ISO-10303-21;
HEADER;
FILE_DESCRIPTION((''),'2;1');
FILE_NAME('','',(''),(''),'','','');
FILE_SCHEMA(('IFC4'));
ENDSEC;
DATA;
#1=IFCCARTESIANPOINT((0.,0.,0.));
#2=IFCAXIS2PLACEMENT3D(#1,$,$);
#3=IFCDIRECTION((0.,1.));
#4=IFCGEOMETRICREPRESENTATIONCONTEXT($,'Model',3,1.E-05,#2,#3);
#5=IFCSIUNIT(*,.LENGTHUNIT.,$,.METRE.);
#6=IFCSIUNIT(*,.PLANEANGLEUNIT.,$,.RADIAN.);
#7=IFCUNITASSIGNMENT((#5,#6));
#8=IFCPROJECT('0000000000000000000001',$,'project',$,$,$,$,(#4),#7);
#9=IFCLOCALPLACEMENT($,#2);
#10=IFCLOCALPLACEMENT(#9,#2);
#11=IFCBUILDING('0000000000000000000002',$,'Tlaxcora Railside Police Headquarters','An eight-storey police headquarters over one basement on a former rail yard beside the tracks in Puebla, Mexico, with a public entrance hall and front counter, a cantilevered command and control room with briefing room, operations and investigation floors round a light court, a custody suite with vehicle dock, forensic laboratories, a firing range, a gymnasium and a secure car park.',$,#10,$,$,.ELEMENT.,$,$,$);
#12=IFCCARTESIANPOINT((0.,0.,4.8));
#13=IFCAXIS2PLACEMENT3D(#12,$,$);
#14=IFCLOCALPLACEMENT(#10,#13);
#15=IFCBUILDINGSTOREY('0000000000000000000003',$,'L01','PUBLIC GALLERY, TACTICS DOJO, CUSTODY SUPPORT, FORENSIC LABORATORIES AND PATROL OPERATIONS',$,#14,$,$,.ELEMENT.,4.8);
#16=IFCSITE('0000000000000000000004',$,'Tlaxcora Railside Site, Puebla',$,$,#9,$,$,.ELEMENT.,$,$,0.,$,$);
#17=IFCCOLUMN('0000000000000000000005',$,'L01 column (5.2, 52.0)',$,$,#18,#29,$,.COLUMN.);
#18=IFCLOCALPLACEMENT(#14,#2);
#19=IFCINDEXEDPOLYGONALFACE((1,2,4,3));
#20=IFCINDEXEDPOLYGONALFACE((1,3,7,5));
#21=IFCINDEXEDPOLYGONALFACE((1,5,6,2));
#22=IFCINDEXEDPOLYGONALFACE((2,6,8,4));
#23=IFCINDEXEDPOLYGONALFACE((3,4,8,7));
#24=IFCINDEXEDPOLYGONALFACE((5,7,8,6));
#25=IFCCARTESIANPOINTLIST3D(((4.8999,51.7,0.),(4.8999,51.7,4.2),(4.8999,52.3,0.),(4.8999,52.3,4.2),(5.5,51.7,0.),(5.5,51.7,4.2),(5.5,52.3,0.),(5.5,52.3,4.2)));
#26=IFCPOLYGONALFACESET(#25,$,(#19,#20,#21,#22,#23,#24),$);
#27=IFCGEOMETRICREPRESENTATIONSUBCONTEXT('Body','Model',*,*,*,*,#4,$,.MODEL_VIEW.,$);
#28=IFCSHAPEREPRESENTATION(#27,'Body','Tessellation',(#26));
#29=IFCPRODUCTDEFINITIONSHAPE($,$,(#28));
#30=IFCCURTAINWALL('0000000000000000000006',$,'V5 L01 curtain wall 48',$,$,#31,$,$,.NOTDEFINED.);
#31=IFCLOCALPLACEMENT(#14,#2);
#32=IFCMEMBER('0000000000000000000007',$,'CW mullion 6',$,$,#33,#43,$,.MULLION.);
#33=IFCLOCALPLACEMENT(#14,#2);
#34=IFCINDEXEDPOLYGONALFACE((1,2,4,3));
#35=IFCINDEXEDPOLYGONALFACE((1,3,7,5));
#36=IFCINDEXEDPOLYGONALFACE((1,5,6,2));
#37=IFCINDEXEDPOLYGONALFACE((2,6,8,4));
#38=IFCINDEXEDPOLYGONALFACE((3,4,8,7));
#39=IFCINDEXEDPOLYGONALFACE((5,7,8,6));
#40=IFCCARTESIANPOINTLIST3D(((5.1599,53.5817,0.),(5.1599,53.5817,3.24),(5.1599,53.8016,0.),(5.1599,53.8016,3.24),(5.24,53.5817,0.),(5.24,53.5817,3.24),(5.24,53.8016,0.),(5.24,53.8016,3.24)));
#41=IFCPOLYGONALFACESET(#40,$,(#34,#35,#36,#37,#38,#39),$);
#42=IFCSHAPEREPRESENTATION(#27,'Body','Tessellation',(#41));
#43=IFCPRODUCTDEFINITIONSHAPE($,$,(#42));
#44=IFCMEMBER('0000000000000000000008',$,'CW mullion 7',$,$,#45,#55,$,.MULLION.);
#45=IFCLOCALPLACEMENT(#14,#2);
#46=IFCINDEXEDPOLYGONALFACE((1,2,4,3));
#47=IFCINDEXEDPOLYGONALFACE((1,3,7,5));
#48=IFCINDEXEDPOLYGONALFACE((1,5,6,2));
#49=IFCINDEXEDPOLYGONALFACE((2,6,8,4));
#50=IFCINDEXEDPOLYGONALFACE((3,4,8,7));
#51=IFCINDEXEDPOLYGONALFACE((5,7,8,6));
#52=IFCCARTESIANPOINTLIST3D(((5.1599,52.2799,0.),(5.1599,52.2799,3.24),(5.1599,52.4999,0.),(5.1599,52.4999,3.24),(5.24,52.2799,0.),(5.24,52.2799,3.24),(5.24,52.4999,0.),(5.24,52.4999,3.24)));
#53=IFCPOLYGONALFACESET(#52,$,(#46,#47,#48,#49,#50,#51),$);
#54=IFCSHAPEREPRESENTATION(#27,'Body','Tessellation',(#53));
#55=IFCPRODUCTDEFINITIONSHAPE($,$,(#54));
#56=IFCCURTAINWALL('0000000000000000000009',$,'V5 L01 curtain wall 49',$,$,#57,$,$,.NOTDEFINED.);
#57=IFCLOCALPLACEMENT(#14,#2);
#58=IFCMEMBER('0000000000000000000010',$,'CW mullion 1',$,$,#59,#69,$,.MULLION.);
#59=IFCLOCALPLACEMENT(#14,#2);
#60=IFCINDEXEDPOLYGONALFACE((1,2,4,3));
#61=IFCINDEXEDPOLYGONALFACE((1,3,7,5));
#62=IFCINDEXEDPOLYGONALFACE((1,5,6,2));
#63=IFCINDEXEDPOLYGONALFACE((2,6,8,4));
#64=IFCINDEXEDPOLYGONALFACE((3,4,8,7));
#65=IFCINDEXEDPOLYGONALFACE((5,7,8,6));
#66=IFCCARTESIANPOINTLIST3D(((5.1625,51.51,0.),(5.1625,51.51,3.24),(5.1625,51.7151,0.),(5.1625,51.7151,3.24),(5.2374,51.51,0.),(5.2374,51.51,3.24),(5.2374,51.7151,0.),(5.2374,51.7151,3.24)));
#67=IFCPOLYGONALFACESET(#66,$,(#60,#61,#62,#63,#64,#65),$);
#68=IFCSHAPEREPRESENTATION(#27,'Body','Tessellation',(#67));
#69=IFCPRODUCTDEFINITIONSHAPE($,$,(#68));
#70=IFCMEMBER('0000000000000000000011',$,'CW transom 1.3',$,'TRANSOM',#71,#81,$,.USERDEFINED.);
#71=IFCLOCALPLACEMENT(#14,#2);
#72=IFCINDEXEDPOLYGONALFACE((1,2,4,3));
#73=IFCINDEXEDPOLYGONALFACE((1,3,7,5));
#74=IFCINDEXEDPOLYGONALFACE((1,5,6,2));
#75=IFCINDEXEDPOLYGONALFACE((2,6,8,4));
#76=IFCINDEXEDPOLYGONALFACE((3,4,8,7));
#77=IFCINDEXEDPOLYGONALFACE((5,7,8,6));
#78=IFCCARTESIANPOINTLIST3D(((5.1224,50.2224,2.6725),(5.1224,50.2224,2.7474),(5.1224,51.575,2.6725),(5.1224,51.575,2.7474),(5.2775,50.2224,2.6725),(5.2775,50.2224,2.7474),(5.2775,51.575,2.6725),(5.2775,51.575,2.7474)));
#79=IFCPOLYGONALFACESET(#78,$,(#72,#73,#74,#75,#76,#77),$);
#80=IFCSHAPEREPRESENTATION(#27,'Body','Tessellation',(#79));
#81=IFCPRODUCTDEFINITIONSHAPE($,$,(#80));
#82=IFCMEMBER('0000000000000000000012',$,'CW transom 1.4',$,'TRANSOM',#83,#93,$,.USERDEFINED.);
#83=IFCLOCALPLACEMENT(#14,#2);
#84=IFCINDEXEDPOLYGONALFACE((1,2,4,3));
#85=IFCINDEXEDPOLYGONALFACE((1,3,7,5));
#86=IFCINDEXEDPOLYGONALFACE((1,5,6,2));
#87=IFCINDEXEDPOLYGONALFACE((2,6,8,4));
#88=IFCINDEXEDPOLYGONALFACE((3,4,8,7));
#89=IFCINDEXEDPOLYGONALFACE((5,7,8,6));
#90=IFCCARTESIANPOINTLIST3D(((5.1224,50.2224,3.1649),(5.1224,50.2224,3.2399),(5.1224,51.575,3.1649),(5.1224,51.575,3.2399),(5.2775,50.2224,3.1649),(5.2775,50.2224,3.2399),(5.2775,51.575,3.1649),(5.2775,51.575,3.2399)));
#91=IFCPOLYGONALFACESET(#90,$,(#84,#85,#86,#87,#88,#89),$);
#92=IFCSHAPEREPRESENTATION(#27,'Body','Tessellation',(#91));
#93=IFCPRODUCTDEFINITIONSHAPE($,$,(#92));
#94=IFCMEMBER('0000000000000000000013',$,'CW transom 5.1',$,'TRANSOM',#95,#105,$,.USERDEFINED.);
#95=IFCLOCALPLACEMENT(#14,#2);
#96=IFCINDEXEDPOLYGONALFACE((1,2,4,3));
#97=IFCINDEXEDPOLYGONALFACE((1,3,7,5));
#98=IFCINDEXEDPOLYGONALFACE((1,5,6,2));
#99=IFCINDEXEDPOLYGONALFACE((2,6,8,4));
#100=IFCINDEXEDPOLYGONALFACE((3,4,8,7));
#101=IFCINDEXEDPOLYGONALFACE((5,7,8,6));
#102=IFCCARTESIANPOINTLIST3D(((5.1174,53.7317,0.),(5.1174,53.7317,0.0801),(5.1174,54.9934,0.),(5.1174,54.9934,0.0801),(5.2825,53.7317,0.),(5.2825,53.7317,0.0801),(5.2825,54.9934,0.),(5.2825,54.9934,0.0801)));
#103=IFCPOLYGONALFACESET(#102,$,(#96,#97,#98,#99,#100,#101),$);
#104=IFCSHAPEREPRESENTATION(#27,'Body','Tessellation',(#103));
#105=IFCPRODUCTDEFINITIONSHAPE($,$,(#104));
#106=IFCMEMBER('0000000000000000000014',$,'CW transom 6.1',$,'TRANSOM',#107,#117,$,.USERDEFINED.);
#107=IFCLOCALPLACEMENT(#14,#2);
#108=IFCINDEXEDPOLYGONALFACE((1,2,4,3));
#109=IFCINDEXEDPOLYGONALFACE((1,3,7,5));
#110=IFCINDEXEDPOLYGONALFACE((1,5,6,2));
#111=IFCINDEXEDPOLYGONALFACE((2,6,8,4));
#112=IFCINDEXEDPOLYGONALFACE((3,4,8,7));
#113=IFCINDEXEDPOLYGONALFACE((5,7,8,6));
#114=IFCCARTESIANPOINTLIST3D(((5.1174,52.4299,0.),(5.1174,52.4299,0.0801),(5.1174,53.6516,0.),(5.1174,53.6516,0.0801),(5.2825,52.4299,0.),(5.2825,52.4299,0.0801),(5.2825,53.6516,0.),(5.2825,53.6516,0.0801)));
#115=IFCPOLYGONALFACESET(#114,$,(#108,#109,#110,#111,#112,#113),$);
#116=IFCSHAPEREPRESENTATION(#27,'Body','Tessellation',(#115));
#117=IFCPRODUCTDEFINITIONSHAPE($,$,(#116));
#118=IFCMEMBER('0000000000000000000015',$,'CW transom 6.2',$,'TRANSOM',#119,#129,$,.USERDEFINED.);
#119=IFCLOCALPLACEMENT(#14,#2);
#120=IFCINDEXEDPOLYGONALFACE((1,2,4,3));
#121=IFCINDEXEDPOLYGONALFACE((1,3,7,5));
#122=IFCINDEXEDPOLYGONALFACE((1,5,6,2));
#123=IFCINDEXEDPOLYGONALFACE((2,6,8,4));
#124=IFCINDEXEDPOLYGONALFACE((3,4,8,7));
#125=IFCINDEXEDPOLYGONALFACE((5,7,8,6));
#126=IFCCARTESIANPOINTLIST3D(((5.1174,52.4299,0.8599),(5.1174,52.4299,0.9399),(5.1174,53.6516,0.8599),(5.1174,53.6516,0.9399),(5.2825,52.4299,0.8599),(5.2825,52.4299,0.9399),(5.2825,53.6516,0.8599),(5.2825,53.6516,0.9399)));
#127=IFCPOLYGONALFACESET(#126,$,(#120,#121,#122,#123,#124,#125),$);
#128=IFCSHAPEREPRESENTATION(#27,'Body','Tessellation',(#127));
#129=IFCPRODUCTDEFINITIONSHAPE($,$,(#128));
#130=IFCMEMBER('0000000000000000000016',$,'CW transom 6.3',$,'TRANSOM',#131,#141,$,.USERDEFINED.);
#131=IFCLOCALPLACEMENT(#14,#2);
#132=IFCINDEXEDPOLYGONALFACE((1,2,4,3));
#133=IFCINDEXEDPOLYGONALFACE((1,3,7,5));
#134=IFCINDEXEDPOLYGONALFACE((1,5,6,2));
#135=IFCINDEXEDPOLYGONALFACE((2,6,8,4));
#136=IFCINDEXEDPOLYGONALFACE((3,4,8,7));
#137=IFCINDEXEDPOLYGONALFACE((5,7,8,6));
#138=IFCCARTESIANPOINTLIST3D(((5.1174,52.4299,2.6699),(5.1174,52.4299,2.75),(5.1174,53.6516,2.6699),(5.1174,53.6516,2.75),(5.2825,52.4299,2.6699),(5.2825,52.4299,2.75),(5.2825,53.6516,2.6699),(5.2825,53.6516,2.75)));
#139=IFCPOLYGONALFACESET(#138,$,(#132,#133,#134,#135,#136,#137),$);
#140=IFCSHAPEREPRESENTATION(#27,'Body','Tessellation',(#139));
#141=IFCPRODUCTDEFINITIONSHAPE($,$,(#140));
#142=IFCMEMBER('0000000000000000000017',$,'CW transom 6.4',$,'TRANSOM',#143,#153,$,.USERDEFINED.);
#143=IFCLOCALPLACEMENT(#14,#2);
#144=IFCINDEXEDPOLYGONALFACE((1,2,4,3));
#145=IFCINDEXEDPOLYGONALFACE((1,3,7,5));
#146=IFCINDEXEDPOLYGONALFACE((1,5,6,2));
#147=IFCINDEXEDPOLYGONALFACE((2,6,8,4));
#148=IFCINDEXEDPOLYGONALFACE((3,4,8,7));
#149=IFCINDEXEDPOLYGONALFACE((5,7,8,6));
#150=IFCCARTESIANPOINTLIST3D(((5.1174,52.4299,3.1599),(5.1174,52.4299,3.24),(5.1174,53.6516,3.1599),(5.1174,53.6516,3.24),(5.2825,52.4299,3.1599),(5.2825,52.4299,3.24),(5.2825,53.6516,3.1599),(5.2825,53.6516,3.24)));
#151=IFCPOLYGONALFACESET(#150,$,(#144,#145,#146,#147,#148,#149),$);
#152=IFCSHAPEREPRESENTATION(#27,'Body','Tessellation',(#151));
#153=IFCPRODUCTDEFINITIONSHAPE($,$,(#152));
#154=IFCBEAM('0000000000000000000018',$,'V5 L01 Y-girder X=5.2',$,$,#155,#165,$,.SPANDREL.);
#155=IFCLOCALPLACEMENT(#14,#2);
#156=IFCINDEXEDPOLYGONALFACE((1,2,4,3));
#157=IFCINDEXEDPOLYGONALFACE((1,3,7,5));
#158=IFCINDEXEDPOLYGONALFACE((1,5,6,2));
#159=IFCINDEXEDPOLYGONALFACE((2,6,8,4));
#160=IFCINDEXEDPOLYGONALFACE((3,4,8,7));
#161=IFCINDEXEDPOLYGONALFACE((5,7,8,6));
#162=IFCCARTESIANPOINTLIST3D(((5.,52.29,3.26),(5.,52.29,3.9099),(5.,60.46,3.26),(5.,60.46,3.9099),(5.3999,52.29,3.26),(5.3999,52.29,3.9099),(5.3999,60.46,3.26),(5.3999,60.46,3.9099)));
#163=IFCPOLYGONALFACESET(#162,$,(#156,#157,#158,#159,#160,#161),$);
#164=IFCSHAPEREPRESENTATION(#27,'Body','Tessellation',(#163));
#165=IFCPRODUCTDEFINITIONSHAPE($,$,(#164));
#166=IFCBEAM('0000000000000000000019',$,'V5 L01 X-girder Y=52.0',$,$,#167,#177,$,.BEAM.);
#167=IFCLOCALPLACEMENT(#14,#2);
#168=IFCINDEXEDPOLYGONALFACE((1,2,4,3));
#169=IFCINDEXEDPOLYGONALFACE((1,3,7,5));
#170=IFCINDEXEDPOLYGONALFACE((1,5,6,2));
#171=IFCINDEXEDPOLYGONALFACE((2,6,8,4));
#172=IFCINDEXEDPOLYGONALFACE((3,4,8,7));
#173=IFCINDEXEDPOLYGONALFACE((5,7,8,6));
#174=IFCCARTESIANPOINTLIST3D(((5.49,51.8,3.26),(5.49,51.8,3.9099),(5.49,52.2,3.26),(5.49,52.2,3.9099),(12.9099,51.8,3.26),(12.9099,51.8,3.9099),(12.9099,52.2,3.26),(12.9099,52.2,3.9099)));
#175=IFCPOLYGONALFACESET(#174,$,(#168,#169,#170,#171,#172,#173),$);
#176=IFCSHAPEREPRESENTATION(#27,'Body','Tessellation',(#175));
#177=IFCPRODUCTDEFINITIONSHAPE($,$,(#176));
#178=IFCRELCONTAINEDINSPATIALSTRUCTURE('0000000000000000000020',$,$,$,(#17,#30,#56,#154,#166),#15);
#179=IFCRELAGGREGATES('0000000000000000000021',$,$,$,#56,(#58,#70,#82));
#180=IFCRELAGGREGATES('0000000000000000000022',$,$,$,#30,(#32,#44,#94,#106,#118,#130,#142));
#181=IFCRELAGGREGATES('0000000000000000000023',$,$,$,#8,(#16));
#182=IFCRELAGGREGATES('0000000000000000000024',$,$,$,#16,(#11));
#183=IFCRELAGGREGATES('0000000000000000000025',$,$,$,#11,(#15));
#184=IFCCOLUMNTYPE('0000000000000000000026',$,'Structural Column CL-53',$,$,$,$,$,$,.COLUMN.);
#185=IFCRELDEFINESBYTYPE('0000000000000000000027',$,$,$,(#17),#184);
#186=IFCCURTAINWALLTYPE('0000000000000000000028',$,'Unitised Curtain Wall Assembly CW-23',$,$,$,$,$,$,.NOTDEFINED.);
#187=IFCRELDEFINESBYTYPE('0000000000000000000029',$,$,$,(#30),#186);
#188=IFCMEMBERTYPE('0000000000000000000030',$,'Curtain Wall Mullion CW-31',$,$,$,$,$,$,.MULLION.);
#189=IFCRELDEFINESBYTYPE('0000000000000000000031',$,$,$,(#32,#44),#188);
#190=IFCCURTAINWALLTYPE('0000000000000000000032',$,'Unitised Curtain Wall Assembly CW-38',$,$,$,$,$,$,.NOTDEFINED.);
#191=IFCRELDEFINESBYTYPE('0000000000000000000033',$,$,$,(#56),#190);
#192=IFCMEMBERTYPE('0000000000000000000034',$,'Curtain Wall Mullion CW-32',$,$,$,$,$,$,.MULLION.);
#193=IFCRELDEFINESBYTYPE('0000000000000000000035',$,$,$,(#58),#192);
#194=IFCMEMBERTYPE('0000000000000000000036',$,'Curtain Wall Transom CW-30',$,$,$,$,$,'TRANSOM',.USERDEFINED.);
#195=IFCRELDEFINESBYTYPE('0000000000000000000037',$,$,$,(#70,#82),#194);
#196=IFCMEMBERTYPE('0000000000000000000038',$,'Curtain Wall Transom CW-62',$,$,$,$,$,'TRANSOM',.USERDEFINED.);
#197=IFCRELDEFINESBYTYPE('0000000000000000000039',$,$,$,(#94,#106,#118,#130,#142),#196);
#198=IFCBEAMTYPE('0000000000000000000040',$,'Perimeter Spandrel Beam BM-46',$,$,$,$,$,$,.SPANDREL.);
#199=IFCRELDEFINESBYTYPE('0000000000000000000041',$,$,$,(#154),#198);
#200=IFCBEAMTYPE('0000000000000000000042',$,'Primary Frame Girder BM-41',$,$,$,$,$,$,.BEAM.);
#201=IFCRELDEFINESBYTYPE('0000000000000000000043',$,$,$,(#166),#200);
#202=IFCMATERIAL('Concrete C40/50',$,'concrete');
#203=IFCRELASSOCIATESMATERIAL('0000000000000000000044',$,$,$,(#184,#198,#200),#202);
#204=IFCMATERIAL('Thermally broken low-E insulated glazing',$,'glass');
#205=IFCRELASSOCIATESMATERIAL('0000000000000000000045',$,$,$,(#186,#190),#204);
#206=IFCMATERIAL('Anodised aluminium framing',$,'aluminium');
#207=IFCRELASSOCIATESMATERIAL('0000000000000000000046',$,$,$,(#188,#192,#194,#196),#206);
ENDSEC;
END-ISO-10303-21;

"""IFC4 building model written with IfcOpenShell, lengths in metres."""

from ifc_helpers import new_model, si_unit, direction, frame, origin, origin_2d, place, context, subcontext, project, spatial, rectangle, extrude, material, material_profile, profile_set, type_object, element, aggregate, save


model = new_model("IFC4")

# Units and contexts
model_context = context("Model", 3, precision=1e-05, world=origin(), true_north=direction((0.0, 1.0)))
body_context = subcontext(model_context, "Body", "Model", "MODEL_VIEW")
ifc_project = project(units=[si_unit("LENGTHUNIT", "METRE"), si_unit("PLANEANGLEUNIT", "RADIAN")], contexts=[model_context])

# Site, building, storey
site_placement = place(None, origin())
site = spatial("IfcSite", under=ifc_project, at=site_placement, Name="Tlaxcora Railside Site, Puebla", CompositionType="ELEMENT", RefElevation=0.0)
building_placement = place(site_placement, origin())
building = spatial("IfcBuilding", under=site, at=building_placement, Name="Tlaxcora Railside Police Headquarters", Description="An eight-storey police headquarters over one basement on a former rail yard beside the tracks in Puebla, Mexico, with a public entrance hall and front counter, a cantilevered command and control room with briefing room, operations and investigation floors round a light court, a custody suite with vehicle dock, forensic laboratories, a firing range, a gymnasium and a secure car park.", CompositionType="ELEMENT")
storey_placement = place(building_placement, frame((0.0, 0.0, 4.8)))
storey = spatial("IfcBuildingStorey", under=building, at=storey_placement, Name="L01", Description="PUBLIC GALLERY, TACTICS DOJO, CUSTODY SUPPORT, FORENSIC LABORATORIES AND PATROL OPERATIONS", CompositionType="ELEMENT", Elevation=4.8)

# Column
ifc_material_1 = material(Name="Concrete C40/50", Category="concrete")
ifc_material_profile_1 = material_profile(ifc_material_1, rectangle(XDim=0.6001, YDim=0.6001, at=origin_2d()), Name="RC600X600")
ifc_profile_set_1 = profile_set([ifc_material_profile_1], Name="Concrete C40/50")
column_type = type_object("IfcColumnType", Name="Structural Column CL-53", PredefinedType="COLUMN", material=ifc_profile_set_1)
column_placement = place(storey_placement, frame((5.2, 52.0, 0.0), z_axis=(0.0, 0.0, 1.0), x_axis=(1.0, 0.0, 0.0)))
element("IfcColumn", 1, at=column_placement, inside=storey, type_object=column_type, Name="L01 column (5.2, 52.0)", PredefinedType="COLUMN", context=body_context, shape_type="SweptSolid", body=[
    extrude(rectangle(XDim=0.6001, YDim=0.6001, at=origin_2d()), origin(), (0.0, 0.0, 1.0), 4.2),
])

# Curtain walls, members
ifc_material_2 = material(Name="Thermally broken low-E insulated glazing", Category="glass")
curtain_wall_type_1 = type_object("IfcCurtainWallType", Name="Unitised Curtain Wall Assembly CW-23", PredefinedType="NOTDEFINED", material=ifc_material_2)
curtain_wall_1_placement = place(storey_placement, origin())
curtain_wall_1 = element("IfcCurtainWall", 2, at=curtain_wall_1_placement, inside=storey, type_object=curtain_wall_type_1, Name="V5 L01 curtain wall 48", PredefinedType="NOTDEFINED")
ifc_material_3 = material(Name="Anodised aluminium framing", Category="aluminium")
ifc_material_profile_2 = material_profile(ifc_material_3, rectangle(XDim=0.0801, YDim=0.22, at=origin_2d()), Name="AL80X220")
ifc_profile_set_2 = profile_set([ifc_material_profile_2], Name="Anodised aluminium framing")
member_type_1 = type_object("IfcMemberType", Name="Curtain Wall Mullion CW-31", PredefinedType="MULLION", material=ifc_profile_set_2)
member_1_placement = place(storey_placement, frame((5.2, 53.6917, 0.0), z_axis=(0.0, 0.0, 1.0), x_axis=(1.0, 0.0, 0.0)))
member_1 = element("IfcMember", 3, at=member_1_placement, type_object=member_type_1, Name="CW mullion 6", PredefinedType="MULLION", context=body_context, shape_type="SweptSolid", body=[
    extrude(rectangle(XDim=0.0801, YDim=0.22, at=origin_2d()), origin(), (0.0, 0.0, 1.0), 3.24),
])
member_2_placement = place(storey_placement, frame((5.2, 52.3899, 0.0), z_axis=(0.0, 0.0, 1.0), x_axis=(1.0, 0.0, 0.0)))
member_2 = element("IfcMember", 4, at=member_2_placement, type_object=member_type_1, Name="CW mullion 7", PredefinedType="MULLION", context=body_context, shape_type="SweptSolid", body=[
    extrude(rectangle(XDim=0.0801, YDim=0.22, at=origin_2d()), origin(), (0.0, 0.0, 1.0), 3.24),
])
curtain_wall_type_2 = type_object("IfcCurtainWallType", Name="Unitised Curtain Wall Assembly CW-38", PredefinedType="NOTDEFINED", material=ifc_material_2)
curtain_wall_2_placement = place(storey_placement, origin())
curtain_wall_2 = element("IfcCurtainWall", 5, at=curtain_wall_2_placement, inside=storey, type_object=curtain_wall_type_2, Name="V5 L01 curtain wall 49", PredefinedType="NOTDEFINED")
ifc_material_profile_3 = material_profile(ifc_material_3, rectangle(XDim=0.075, YDim=0.2051, at=origin_2d()), Name="AL75X205")
ifc_profile_set_3 = profile_set([ifc_material_profile_3], Name="Anodised aluminium framing")
member_type_2 = type_object("IfcMemberType", Name="Curtain Wall Mullion CW-32", PredefinedType="MULLION", material=ifc_profile_set_3)
member_3_placement = place(storey_placement, frame((5.2, 51.6125, 0.0), z_axis=(0.0, 0.0, 1.0), x_axis=(1.0, 0.0, 0.0)))
member_3 = element("IfcMember", 6, at=member_3_placement, type_object=member_type_2, Name="CW mullion 1", PredefinedType="MULLION", context=body_context, shape_type="SweptSolid", body=[
    extrude(rectangle(XDim=0.075, YDim=0.2051, at=origin_2d()), origin(), (0.0, 0.0, 1.0), 3.24),
])
ifc_material_profile_4 = material_profile(ifc_material_3, rectangle(XDim=0.155, YDim=0.075, at=origin_2d()), Name="AL75X155")
ifc_profile_set_4 = profile_set([ifc_material_profile_4], Name="Anodised aluminium framing")
member_type_3 = type_object("IfcMemberType", Name="Curtain Wall Transom CW-30", ElementType="TRANSOM", PredefinedType="USERDEFINED", material=ifc_profile_set_4)
member_4_placement = place(storey_placement, frame((5.2, 51.575, 2.71), z_axis=(0.0, -1.0, 0.0), x_axis=(1.0, 0.0, 0.0)))
member_4 = element("IfcMember", 7, at=member_4_placement, type_object=member_type_3, Name="CW transom 1.3", ObjectType="TRANSOM", PredefinedType="USERDEFINED", context=body_context, shape_type="SweptSolid", body=[
    extrude(rectangle(XDim=0.155, YDim=0.075, at=origin_2d()), origin(), (0.0, 0.0, 1.0), 1.3525),
])
member_5_placement = place(storey_placement, frame((5.2, 51.575, 3.2024), z_axis=(0.0, -1.0, 0.0), x_axis=(1.0, 0.0, 0.0)))
member_5 = element("IfcMember", 8, at=member_5_placement, type_object=member_type_3, Name="CW transom 1.4", ObjectType="TRANSOM", PredefinedType="USERDEFINED", context=body_context, shape_type="SweptSolid", body=[
    extrude(rectangle(XDim=0.155, YDim=0.075, at=origin_2d()), origin(), (0.0, 0.0, 1.0), 1.3525),
])
aggregate(curtain_wall_2, [member_3, member_4, member_5])

# Members
ifc_material_profile_5 = material_profile(ifc_material_3, rectangle(XDim=0.165, YDim=0.0801, at=origin_2d()), Name="AL80X165")
ifc_profile_set_5 = profile_set([ifc_material_profile_5], Name="Anodised aluminium framing")
member_type_4 = type_object("IfcMemberType", Name="Curtain Wall Transom CW-62", ElementType="TRANSOM", PredefinedType="USERDEFINED", material=ifc_profile_set_5)
member_6_placement = place(storey_placement, frame((5.2, 54.9934, 0.04), z_axis=(0.0, -1.0, 0.0), x_axis=(1.0, 0.0, 0.0)))
member_6 = element("IfcMember", 9, at=member_6_placement, type_object=member_type_4, Name="CW transom 5.1", ObjectType="TRANSOM", PredefinedType="USERDEFINED", context=body_context, shape_type="SweptSolid", body=[
    extrude(rectangle(XDim=0.165, YDim=0.0801, at=origin_2d()), origin(), (0.0, 0.0, 1.0), 1.2617),
])
member_7_placement = place(storey_placement, frame((5.2, 53.6516, 0.04), z_axis=(0.0, -1.0, 0.0), x_axis=(1.0, 0.0, 0.0)))
member_7 = element("IfcMember", 10, at=member_7_placement, type_object=member_type_4, Name="CW transom 6.1", ObjectType="TRANSOM", PredefinedType="USERDEFINED", context=body_context, shape_type="SweptSolid", body=[
    extrude(rectangle(XDim=0.165, YDim=0.0801, at=origin_2d()), origin(), (0.0, 0.0, 1.0), 1.2217),
])
member_8_placement = place(storey_placement, frame((5.2, 53.6516, 0.8999), z_axis=(0.0, -1.0, 0.0), x_axis=(1.0, 0.0, 0.0)))
member_8 = element("IfcMember", 11, at=member_8_placement, type_object=member_type_4, Name="CW transom 6.2", ObjectType="TRANSOM", PredefinedType="USERDEFINED", context=body_context, shape_type="SweptSolid", body=[
    extrude(rectangle(XDim=0.165, YDim=0.0801, at=origin_2d()), origin(), (0.0, 0.0, 1.0), 1.2217),
])
member_9_placement = place(storey_placement, frame((5.2, 53.6516, 2.71), z_axis=(0.0, -1.0, 0.0), x_axis=(1.0, 0.0, 0.0)))
member_9 = element("IfcMember", 12, at=member_9_placement, type_object=member_type_4, Name="CW transom 6.3", ObjectType="TRANSOM", PredefinedType="USERDEFINED", context=body_context, shape_type="SweptSolid", body=[
    extrude(rectangle(XDim=0.165, YDim=0.0801, at=origin_2d()), origin(), (0.0, 0.0, 1.0), 1.2217),
])
member_10_placement = place(storey_placement, frame((5.2, 53.6516, 3.2), z_axis=(0.0, -1.0, 0.0), x_axis=(1.0, 0.0, 0.0)))
member_10 = element("IfcMember", 13, at=member_10_placement, type_object=member_type_4, Name="CW transom 6.4", ObjectType="TRANSOM", PredefinedType="USERDEFINED", context=body_context, shape_type="SweptSolid", body=[
    extrude(rectangle(XDim=0.165, YDim=0.0801, at=origin_2d()), origin(), (0.0, 0.0, 1.0), 1.2217),
])

# Beams
ifc_material_profile_6 = material_profile(ifc_material_1, rectangle(XDim=0.3999, YDim=0.6499, at=origin_2d()), Name="RC400X650")
ifc_profile_set_6 = profile_set([ifc_material_profile_6], Name="Concrete C40/50")
beam_type_1 = type_object("IfcBeamType", Name="Perimeter Spandrel Beam BM-46", PredefinedType="SPANDREL", material=ifc_profile_set_6)
beam_1_placement = place(storey_placement, frame((5.2, 52.29, 3.585), z_axis=(0.0, 1.0, 0.0), x_axis=(-1.0, 0.0, 0.0)))
element("IfcBeam", 14, at=beam_1_placement, inside=storey, type_object=beam_type_1, Name="V5 L01 Y-girder X=5.2", PredefinedType="SPANDREL", context=body_context, shape_type="SweptSolid", body=[
    extrude(rectangle(XDim=0.3999, YDim=0.6499, at=origin_2d()), origin(), (0.0, 0.0, 1.0), 8.1699),
])
ifc_material_profile_7 = material_profile(ifc_material_1, rectangle(XDim=0.3999, YDim=0.6499, at=origin_2d()), Name="RC400X650")
ifc_profile_set_7 = profile_set([ifc_material_profile_7], Name="Concrete C40/50")
beam_type_2 = type_object("IfcBeamType", Name="Primary Frame Girder BM-41", PredefinedType="BEAM", material=ifc_profile_set_7)
beam_2_placement = place(storey_placement, frame((5.49, 52.0, 3.585), z_axis=(1.0, 0.0, 0.0), x_axis=(0.0, 1.0, 0.0)))
element("IfcBeam", 15, at=beam_2_placement, inside=storey, type_object=beam_type_2, Name="V5 L01 X-girder Y=52.0", PredefinedType="BEAM", context=body_context, shape_type="SweptSolid", body=[
    extrude(rectangle(XDim=0.3999, YDim=0.6499, at=origin_2d()), origin(), (0.0, 0.0, 1.0), 7.4199),
])

aggregate(curtain_wall_1, [member_1, member_2, member_6, member_7, member_8, member_9, member_10])

save(model, "model.ifc")
